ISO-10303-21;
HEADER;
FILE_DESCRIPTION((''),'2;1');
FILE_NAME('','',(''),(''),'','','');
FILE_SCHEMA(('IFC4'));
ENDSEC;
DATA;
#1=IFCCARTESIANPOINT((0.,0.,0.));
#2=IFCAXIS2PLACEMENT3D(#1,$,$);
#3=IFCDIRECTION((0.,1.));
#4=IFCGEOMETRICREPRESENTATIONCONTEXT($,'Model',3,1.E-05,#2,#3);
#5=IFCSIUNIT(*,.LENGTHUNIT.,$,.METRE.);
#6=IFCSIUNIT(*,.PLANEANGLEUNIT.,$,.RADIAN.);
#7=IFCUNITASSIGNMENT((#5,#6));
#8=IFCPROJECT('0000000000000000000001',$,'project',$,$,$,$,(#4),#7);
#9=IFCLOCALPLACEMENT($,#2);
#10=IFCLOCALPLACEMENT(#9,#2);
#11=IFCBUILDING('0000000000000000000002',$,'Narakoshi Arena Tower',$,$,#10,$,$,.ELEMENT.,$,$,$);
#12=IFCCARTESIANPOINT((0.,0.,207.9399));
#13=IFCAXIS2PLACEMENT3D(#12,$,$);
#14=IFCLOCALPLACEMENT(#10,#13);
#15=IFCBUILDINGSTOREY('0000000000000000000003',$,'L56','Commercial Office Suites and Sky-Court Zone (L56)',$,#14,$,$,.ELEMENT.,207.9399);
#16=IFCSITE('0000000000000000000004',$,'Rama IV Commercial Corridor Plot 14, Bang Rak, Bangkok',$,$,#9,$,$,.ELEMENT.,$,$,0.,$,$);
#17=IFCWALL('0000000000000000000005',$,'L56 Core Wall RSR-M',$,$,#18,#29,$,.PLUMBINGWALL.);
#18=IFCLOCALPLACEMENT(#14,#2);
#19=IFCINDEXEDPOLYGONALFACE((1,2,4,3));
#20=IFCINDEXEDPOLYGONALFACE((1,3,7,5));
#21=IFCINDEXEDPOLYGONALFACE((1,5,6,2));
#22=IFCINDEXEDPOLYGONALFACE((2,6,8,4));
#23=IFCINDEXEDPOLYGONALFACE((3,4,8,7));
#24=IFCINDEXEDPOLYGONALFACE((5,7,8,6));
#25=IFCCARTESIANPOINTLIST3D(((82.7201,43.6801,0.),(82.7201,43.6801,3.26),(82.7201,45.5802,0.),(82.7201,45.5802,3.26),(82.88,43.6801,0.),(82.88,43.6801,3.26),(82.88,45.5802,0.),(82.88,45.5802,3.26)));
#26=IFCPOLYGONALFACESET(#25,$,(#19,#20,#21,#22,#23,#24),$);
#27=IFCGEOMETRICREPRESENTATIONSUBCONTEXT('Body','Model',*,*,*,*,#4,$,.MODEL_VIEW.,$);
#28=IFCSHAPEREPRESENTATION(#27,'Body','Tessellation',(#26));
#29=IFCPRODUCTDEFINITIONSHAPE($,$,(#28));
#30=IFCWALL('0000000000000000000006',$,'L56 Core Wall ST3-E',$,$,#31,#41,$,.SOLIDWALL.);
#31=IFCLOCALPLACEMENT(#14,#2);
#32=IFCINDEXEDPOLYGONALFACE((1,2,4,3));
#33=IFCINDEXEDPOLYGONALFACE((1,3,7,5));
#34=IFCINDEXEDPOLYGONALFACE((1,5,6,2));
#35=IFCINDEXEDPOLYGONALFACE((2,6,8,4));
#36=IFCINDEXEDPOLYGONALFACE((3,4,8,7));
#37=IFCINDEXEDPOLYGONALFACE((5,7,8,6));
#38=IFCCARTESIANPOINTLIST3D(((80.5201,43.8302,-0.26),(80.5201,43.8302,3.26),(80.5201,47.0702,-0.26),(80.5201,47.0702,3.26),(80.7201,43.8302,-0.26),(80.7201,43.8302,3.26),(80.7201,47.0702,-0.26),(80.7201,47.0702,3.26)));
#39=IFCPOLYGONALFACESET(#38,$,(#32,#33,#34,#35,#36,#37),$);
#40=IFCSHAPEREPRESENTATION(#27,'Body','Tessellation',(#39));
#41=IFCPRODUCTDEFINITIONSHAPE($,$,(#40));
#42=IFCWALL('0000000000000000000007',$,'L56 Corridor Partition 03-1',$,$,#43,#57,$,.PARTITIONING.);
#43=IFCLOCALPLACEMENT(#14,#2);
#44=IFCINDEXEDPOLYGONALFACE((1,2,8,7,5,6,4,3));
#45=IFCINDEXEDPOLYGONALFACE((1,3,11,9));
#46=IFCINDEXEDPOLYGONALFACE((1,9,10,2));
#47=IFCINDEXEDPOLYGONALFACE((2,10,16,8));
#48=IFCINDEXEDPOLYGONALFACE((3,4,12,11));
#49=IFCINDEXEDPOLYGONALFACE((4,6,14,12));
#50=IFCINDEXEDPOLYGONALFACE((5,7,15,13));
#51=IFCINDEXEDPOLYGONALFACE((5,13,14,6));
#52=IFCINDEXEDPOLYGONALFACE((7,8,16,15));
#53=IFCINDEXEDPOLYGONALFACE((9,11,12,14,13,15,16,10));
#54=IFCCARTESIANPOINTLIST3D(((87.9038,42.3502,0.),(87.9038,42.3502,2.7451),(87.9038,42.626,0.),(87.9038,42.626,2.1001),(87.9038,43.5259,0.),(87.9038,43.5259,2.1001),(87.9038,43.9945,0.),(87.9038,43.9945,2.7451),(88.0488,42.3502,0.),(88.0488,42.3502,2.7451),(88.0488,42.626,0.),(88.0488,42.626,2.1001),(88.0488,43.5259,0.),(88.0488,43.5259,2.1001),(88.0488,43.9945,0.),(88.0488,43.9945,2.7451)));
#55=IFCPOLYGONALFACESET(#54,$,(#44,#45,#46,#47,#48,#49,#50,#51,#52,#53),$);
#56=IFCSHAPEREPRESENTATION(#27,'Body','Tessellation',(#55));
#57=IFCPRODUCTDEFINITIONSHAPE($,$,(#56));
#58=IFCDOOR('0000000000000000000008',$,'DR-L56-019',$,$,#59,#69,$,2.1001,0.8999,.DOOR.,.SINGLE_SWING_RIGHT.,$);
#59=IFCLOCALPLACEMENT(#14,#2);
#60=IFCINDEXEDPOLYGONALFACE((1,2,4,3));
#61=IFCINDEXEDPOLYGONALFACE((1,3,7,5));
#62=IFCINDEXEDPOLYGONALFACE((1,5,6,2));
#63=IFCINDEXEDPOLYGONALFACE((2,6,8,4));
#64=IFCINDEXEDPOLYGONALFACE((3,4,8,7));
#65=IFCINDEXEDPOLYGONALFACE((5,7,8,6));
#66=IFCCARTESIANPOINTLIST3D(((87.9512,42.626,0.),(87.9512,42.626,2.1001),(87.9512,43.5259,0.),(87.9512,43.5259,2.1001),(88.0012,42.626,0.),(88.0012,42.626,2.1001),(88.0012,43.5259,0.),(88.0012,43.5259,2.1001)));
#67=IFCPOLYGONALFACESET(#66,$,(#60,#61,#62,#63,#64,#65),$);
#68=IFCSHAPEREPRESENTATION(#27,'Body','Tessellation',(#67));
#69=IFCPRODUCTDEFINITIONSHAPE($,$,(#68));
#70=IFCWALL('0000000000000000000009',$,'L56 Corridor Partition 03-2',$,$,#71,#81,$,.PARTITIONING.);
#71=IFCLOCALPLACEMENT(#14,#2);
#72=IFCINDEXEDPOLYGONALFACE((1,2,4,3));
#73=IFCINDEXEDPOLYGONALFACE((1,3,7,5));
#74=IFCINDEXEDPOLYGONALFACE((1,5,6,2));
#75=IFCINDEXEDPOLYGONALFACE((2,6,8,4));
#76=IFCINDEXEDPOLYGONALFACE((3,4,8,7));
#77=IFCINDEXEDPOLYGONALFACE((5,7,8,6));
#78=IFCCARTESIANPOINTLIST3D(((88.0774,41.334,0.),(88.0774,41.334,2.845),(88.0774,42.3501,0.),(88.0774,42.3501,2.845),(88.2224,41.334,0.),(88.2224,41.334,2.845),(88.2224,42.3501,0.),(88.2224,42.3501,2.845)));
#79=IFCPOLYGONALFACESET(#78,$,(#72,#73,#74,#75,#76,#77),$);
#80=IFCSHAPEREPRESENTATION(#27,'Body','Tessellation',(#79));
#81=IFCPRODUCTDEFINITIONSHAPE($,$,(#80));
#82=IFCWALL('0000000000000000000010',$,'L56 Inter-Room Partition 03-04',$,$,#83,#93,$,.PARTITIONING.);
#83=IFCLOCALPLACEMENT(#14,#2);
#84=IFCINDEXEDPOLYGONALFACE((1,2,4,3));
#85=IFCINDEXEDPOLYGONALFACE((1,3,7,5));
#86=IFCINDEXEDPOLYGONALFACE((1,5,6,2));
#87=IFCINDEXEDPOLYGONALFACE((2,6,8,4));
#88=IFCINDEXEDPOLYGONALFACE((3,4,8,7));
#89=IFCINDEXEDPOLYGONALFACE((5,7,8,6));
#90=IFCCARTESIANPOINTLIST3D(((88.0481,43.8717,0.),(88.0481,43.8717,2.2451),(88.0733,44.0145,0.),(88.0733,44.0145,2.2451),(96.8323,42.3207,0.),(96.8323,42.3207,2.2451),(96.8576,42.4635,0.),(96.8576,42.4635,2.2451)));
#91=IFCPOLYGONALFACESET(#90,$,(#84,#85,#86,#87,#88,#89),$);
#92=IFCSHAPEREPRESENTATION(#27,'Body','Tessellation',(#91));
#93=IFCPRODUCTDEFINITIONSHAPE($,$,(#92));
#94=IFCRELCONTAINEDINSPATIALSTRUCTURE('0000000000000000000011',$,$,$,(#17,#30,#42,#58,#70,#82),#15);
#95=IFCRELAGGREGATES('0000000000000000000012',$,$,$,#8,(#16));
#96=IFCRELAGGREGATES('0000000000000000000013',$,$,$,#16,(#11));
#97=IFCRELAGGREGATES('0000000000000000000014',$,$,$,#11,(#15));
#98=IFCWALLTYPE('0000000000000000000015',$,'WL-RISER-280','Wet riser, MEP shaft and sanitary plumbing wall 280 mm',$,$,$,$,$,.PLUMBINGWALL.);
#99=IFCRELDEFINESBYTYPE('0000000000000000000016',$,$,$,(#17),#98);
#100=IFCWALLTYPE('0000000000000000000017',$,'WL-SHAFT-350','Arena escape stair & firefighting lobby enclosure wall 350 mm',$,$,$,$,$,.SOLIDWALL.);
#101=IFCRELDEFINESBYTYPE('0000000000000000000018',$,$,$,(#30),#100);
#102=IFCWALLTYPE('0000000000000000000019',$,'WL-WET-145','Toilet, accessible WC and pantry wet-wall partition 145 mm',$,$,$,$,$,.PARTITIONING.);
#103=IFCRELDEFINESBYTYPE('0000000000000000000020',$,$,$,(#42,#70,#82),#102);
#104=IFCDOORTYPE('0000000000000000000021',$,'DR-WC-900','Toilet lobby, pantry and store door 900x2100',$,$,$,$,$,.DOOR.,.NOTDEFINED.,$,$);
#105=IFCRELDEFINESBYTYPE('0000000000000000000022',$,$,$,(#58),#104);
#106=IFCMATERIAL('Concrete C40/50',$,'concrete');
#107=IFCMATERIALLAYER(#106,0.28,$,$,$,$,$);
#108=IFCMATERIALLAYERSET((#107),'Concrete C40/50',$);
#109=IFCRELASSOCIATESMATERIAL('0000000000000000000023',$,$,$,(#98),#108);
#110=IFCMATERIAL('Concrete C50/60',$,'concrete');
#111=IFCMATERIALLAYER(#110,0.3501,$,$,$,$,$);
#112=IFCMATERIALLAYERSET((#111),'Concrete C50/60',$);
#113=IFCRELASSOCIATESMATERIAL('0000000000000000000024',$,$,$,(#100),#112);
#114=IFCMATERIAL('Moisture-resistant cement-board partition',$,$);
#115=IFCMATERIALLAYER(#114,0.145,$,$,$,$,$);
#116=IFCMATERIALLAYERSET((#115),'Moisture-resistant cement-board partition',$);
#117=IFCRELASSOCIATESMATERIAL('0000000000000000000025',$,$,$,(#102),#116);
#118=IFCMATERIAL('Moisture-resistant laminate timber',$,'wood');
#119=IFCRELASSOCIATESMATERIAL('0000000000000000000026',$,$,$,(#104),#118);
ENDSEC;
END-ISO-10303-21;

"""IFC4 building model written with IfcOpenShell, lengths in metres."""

from ifc_helpers import new_model, si_unit, direction, frame, frame_2d, origin, place, context, subcontext, project, spatial, rectangle, extrude, material, layer, layer_set, type_object, element, fill, save


model = new_model("IFC4")

# Units and contexts
model_context = context("Model", 3, precision=1e-05, world=origin(), true_north=direction((0.0, 1.0)))
body_context = subcontext(model_context, "Body", "Model", "MODEL_VIEW")
ifc_project = project(units=[si_unit("LENGTHUNIT", "METRE"), si_unit("PLANEANGLEUNIT", "RADIAN")], contexts=[model_context])

# Site, building, storey
site_placement = place(None, origin())
site = spatial("IfcSite", under=ifc_project, at=site_placement, Name="Rama IV Commercial Corridor Plot 14, Bang Rak, Bangkok", CompositionType="ELEMENT", RefElevation=0.0)
building_placement = place(site_placement, origin())
building = spatial("IfcBuilding", under=site, at=building_placement, Name="Narakoshi Arena Tower", CompositionType="ELEMENT")
storey_placement = place(building_placement, frame((0.0, 0.0, 207.9399)))
storey = spatial("IfcBuildingStorey", under=building, at=storey_placement, Name="L56", Description="Commercial Office Suites and Sky-Court Zone (L56)", CompositionType="ELEMENT", Elevation=207.9399)

# Shared definitions
ifc_material_1 = material(Name="Concrete C40/50", Category="concrete")
ifc_layer_1 = layer(ifc_material_1, 0.28)
ifc_layer_set_1 = layer_set([ifc_layer_1], Name="Concrete C40/50")
wall_type_1 = type_object("IfcWallType", Name="WL-RISER-280", Description="Wet riser, MEP shaft and sanitary plumbing wall 280 mm", PredefinedType="PLUMBINGWALL", material=ifc_layer_set_1)

# Walls
wall_1_placement = place(storey_placement, frame((82.8, 43.6799, 0.0), z_axis=(0.0, 0.0, 1.0), x_axis=(0.0, 1.0, 0.0)))
element("IfcWall", 1, at=wall_1_placement, inside=storey, type_object=wall_type_1, Name="L56 Core Wall RSR-M", PredefinedType="PLUMBINGWALL", context=body_context, shape_type="SweptSolid", body=[
    extrude(rectangle(XDim=1.9001, YDim=0.1599, at=frame_2d((0.9502, 0.0))), origin(), (0.0, 0.0, 1.0), 3.26),
])
ifc_material_2 = material(Name="Concrete C50/60", Category="concrete")
ifc_layer_2 = layer(ifc_material_2, 0.3501)
ifc_layer_set_2 = layer_set([ifc_layer_2], Name="Concrete C50/60")
wall_type_2 = type_object("IfcWallType", Name="WL-SHAFT-350", Description="Arena escape stair & firefighting lobby enclosure wall 350 mm", PredefinedType="SOLIDWALL", material=ifc_layer_set_2)
wall_2_placement = place(storey_placement, frame((80.6201, 43.8301, -0.26), z_axis=(0.0, 0.0, 1.0), x_axis=(0.0, 1.0, 0.0)))
element("IfcWall", 2, at=wall_2_placement, inside=storey, type_object=wall_type_2, Name="L56 Core Wall ST3-E", PredefinedType="SOLIDWALL", context=body_context, shape_type="SweptSolid", body=[
    extrude(rectangle(XDim=3.24, YDim=0.2, at=frame_2d((1.6201, 0.0))), origin(), (0.0, 0.0, 1.0), 3.52),
])

# Wall, opening, door
ifc_material_3 = material(Name="Moisture-resistant cement-board partition")
ifc_layer_3 = layer(ifc_material_3, 0.145)
ifc_layer_set_3 = layer_set([ifc_layer_3], Name="Moisture-resistant cement-board partition")
wall_type_3 = type_object("IfcWallType", Name="WL-WET-145", Description="Toilet, accessible WC and pantry wet-wall partition 145 mm", PredefinedType="PARTITIONING", material=ifc_layer_set_3)
wall_3_placement = place(storey_placement, frame((87.9763, 42.3501, 0.0), z_axis=(0.0, 0.0, 1.0), x_axis=(0.0, 1.0, 0.0)))
wall_3 = element("IfcWall", 3, at=wall_3_placement, inside=storey, type_object=wall_type_3, Name="L56 Corridor Partition 03-1", PredefinedType="PARTITIONING", context=body_context, shape_type="SweptSolid", body=[
    extrude(rectangle(XDim=1.6443, YDim=0.145, at=frame_2d((0.8223, 0.0))), origin(), (0.0, 0.0, 1.0), 2.7451),
])
opening_1_placement = place(wall_3_placement, frame((0.2759, 0.0, 0.0)))
opening_1 = element("IfcOpeningElement", 4, at=opening_1_placement, cuts=wall_3, PredefinedType="OPENING", context=body_context, shape_type="SweptSolid", body=[
    extrude(rectangle(XDim=0.8999, YDim=2.1001, at=frame_2d((0.45, 1.05))), frame((0.0, 0.0825, 0.0), z_axis=(0.0, -1.0, 0.0), x_axis=(1.0, 0.0, 0.0)), (0.0, 0.0, 1.0), 0.165),
])
ifc_material_4 = material(Name="Moisture-resistant laminate timber", Category="wood")
door_type_1 = type_object("IfcDoorType", Name="DR-WC-900", Description="Toilet lobby, pantry and store door 900x2100", OperationType="NOTDEFINED", PredefinedType="DOOR", material=ifc_material_4)
door_1_placement = place(opening_1_placement, frame((0.8999, 0.0, 0.0), z_axis=(0.0, 0.0, 1.0), x_axis=(-1.0, 0.0, 0.0)))
door_1 = element("IfcDoor", 5, at=door_1_placement, inside=storey, type_object=door_type_1, Name="DR-L56-019", OperationType="SINGLE_SWING_RIGHT", OverallHeight=2.1001, OverallWidth=0.8999, PredefinedType="DOOR", context=body_context, shape_type="SweptSolid", body=[
    extrude(rectangle(XDim=0.8999, YDim=2.1001, at=frame_2d((0.45, 1.05))), frame((0.0, 0.0249, 0.0), z_axis=(0.0, -1.0, 0.0), x_axis=(1.0, 0.0, 0.0)), (0.0, 0.0, 1.0), 0.05),
])
fill(opening_1, door_1)

# Walls
wall_4_placement = place(storey_placement, frame((88.1499, 41.334, 0.0), z_axis=(0.0, 0.0, 1.0), x_axis=(0.0, 1.0, 0.0)))
element("IfcWall", 6, at=wall_4_placement, inside=storey, type_object=wall_type_3, Name="L56 Corridor Partition 03-2", PredefinedType="PARTITIONING", context=body_context, shape_type="SweptSolid", body=[
    extrude(rectangle(XDim=1.0161, YDim=0.145, at=frame_2d((0.5081, 0.0))), origin(), (0.0, 0.0, 1.0), 2.845),
])
wall_5_placement = place(storey_placement, frame((88.0608, 43.9431, 0.0), z_axis=(0.0, 0.0, 1.0), x_axis=(0.984767, -0.173881, 0.0)))
element("IfcWall", 7, at=wall_5_placement, inside=storey, type_object=wall_type_3, Name="L56 Inter-Room Partition 03-04", PredefinedType="PARTITIONING", context=body_context, shape_type="SweptSolid", body=[
    extrude(rectangle(XDim=8.9202, YDim=0.145, at=frame_2d((4.46, 0.0))), origin(), (0.0, 0.0, 1.0), 2.2451),
])

save(model, "model.ifc")
